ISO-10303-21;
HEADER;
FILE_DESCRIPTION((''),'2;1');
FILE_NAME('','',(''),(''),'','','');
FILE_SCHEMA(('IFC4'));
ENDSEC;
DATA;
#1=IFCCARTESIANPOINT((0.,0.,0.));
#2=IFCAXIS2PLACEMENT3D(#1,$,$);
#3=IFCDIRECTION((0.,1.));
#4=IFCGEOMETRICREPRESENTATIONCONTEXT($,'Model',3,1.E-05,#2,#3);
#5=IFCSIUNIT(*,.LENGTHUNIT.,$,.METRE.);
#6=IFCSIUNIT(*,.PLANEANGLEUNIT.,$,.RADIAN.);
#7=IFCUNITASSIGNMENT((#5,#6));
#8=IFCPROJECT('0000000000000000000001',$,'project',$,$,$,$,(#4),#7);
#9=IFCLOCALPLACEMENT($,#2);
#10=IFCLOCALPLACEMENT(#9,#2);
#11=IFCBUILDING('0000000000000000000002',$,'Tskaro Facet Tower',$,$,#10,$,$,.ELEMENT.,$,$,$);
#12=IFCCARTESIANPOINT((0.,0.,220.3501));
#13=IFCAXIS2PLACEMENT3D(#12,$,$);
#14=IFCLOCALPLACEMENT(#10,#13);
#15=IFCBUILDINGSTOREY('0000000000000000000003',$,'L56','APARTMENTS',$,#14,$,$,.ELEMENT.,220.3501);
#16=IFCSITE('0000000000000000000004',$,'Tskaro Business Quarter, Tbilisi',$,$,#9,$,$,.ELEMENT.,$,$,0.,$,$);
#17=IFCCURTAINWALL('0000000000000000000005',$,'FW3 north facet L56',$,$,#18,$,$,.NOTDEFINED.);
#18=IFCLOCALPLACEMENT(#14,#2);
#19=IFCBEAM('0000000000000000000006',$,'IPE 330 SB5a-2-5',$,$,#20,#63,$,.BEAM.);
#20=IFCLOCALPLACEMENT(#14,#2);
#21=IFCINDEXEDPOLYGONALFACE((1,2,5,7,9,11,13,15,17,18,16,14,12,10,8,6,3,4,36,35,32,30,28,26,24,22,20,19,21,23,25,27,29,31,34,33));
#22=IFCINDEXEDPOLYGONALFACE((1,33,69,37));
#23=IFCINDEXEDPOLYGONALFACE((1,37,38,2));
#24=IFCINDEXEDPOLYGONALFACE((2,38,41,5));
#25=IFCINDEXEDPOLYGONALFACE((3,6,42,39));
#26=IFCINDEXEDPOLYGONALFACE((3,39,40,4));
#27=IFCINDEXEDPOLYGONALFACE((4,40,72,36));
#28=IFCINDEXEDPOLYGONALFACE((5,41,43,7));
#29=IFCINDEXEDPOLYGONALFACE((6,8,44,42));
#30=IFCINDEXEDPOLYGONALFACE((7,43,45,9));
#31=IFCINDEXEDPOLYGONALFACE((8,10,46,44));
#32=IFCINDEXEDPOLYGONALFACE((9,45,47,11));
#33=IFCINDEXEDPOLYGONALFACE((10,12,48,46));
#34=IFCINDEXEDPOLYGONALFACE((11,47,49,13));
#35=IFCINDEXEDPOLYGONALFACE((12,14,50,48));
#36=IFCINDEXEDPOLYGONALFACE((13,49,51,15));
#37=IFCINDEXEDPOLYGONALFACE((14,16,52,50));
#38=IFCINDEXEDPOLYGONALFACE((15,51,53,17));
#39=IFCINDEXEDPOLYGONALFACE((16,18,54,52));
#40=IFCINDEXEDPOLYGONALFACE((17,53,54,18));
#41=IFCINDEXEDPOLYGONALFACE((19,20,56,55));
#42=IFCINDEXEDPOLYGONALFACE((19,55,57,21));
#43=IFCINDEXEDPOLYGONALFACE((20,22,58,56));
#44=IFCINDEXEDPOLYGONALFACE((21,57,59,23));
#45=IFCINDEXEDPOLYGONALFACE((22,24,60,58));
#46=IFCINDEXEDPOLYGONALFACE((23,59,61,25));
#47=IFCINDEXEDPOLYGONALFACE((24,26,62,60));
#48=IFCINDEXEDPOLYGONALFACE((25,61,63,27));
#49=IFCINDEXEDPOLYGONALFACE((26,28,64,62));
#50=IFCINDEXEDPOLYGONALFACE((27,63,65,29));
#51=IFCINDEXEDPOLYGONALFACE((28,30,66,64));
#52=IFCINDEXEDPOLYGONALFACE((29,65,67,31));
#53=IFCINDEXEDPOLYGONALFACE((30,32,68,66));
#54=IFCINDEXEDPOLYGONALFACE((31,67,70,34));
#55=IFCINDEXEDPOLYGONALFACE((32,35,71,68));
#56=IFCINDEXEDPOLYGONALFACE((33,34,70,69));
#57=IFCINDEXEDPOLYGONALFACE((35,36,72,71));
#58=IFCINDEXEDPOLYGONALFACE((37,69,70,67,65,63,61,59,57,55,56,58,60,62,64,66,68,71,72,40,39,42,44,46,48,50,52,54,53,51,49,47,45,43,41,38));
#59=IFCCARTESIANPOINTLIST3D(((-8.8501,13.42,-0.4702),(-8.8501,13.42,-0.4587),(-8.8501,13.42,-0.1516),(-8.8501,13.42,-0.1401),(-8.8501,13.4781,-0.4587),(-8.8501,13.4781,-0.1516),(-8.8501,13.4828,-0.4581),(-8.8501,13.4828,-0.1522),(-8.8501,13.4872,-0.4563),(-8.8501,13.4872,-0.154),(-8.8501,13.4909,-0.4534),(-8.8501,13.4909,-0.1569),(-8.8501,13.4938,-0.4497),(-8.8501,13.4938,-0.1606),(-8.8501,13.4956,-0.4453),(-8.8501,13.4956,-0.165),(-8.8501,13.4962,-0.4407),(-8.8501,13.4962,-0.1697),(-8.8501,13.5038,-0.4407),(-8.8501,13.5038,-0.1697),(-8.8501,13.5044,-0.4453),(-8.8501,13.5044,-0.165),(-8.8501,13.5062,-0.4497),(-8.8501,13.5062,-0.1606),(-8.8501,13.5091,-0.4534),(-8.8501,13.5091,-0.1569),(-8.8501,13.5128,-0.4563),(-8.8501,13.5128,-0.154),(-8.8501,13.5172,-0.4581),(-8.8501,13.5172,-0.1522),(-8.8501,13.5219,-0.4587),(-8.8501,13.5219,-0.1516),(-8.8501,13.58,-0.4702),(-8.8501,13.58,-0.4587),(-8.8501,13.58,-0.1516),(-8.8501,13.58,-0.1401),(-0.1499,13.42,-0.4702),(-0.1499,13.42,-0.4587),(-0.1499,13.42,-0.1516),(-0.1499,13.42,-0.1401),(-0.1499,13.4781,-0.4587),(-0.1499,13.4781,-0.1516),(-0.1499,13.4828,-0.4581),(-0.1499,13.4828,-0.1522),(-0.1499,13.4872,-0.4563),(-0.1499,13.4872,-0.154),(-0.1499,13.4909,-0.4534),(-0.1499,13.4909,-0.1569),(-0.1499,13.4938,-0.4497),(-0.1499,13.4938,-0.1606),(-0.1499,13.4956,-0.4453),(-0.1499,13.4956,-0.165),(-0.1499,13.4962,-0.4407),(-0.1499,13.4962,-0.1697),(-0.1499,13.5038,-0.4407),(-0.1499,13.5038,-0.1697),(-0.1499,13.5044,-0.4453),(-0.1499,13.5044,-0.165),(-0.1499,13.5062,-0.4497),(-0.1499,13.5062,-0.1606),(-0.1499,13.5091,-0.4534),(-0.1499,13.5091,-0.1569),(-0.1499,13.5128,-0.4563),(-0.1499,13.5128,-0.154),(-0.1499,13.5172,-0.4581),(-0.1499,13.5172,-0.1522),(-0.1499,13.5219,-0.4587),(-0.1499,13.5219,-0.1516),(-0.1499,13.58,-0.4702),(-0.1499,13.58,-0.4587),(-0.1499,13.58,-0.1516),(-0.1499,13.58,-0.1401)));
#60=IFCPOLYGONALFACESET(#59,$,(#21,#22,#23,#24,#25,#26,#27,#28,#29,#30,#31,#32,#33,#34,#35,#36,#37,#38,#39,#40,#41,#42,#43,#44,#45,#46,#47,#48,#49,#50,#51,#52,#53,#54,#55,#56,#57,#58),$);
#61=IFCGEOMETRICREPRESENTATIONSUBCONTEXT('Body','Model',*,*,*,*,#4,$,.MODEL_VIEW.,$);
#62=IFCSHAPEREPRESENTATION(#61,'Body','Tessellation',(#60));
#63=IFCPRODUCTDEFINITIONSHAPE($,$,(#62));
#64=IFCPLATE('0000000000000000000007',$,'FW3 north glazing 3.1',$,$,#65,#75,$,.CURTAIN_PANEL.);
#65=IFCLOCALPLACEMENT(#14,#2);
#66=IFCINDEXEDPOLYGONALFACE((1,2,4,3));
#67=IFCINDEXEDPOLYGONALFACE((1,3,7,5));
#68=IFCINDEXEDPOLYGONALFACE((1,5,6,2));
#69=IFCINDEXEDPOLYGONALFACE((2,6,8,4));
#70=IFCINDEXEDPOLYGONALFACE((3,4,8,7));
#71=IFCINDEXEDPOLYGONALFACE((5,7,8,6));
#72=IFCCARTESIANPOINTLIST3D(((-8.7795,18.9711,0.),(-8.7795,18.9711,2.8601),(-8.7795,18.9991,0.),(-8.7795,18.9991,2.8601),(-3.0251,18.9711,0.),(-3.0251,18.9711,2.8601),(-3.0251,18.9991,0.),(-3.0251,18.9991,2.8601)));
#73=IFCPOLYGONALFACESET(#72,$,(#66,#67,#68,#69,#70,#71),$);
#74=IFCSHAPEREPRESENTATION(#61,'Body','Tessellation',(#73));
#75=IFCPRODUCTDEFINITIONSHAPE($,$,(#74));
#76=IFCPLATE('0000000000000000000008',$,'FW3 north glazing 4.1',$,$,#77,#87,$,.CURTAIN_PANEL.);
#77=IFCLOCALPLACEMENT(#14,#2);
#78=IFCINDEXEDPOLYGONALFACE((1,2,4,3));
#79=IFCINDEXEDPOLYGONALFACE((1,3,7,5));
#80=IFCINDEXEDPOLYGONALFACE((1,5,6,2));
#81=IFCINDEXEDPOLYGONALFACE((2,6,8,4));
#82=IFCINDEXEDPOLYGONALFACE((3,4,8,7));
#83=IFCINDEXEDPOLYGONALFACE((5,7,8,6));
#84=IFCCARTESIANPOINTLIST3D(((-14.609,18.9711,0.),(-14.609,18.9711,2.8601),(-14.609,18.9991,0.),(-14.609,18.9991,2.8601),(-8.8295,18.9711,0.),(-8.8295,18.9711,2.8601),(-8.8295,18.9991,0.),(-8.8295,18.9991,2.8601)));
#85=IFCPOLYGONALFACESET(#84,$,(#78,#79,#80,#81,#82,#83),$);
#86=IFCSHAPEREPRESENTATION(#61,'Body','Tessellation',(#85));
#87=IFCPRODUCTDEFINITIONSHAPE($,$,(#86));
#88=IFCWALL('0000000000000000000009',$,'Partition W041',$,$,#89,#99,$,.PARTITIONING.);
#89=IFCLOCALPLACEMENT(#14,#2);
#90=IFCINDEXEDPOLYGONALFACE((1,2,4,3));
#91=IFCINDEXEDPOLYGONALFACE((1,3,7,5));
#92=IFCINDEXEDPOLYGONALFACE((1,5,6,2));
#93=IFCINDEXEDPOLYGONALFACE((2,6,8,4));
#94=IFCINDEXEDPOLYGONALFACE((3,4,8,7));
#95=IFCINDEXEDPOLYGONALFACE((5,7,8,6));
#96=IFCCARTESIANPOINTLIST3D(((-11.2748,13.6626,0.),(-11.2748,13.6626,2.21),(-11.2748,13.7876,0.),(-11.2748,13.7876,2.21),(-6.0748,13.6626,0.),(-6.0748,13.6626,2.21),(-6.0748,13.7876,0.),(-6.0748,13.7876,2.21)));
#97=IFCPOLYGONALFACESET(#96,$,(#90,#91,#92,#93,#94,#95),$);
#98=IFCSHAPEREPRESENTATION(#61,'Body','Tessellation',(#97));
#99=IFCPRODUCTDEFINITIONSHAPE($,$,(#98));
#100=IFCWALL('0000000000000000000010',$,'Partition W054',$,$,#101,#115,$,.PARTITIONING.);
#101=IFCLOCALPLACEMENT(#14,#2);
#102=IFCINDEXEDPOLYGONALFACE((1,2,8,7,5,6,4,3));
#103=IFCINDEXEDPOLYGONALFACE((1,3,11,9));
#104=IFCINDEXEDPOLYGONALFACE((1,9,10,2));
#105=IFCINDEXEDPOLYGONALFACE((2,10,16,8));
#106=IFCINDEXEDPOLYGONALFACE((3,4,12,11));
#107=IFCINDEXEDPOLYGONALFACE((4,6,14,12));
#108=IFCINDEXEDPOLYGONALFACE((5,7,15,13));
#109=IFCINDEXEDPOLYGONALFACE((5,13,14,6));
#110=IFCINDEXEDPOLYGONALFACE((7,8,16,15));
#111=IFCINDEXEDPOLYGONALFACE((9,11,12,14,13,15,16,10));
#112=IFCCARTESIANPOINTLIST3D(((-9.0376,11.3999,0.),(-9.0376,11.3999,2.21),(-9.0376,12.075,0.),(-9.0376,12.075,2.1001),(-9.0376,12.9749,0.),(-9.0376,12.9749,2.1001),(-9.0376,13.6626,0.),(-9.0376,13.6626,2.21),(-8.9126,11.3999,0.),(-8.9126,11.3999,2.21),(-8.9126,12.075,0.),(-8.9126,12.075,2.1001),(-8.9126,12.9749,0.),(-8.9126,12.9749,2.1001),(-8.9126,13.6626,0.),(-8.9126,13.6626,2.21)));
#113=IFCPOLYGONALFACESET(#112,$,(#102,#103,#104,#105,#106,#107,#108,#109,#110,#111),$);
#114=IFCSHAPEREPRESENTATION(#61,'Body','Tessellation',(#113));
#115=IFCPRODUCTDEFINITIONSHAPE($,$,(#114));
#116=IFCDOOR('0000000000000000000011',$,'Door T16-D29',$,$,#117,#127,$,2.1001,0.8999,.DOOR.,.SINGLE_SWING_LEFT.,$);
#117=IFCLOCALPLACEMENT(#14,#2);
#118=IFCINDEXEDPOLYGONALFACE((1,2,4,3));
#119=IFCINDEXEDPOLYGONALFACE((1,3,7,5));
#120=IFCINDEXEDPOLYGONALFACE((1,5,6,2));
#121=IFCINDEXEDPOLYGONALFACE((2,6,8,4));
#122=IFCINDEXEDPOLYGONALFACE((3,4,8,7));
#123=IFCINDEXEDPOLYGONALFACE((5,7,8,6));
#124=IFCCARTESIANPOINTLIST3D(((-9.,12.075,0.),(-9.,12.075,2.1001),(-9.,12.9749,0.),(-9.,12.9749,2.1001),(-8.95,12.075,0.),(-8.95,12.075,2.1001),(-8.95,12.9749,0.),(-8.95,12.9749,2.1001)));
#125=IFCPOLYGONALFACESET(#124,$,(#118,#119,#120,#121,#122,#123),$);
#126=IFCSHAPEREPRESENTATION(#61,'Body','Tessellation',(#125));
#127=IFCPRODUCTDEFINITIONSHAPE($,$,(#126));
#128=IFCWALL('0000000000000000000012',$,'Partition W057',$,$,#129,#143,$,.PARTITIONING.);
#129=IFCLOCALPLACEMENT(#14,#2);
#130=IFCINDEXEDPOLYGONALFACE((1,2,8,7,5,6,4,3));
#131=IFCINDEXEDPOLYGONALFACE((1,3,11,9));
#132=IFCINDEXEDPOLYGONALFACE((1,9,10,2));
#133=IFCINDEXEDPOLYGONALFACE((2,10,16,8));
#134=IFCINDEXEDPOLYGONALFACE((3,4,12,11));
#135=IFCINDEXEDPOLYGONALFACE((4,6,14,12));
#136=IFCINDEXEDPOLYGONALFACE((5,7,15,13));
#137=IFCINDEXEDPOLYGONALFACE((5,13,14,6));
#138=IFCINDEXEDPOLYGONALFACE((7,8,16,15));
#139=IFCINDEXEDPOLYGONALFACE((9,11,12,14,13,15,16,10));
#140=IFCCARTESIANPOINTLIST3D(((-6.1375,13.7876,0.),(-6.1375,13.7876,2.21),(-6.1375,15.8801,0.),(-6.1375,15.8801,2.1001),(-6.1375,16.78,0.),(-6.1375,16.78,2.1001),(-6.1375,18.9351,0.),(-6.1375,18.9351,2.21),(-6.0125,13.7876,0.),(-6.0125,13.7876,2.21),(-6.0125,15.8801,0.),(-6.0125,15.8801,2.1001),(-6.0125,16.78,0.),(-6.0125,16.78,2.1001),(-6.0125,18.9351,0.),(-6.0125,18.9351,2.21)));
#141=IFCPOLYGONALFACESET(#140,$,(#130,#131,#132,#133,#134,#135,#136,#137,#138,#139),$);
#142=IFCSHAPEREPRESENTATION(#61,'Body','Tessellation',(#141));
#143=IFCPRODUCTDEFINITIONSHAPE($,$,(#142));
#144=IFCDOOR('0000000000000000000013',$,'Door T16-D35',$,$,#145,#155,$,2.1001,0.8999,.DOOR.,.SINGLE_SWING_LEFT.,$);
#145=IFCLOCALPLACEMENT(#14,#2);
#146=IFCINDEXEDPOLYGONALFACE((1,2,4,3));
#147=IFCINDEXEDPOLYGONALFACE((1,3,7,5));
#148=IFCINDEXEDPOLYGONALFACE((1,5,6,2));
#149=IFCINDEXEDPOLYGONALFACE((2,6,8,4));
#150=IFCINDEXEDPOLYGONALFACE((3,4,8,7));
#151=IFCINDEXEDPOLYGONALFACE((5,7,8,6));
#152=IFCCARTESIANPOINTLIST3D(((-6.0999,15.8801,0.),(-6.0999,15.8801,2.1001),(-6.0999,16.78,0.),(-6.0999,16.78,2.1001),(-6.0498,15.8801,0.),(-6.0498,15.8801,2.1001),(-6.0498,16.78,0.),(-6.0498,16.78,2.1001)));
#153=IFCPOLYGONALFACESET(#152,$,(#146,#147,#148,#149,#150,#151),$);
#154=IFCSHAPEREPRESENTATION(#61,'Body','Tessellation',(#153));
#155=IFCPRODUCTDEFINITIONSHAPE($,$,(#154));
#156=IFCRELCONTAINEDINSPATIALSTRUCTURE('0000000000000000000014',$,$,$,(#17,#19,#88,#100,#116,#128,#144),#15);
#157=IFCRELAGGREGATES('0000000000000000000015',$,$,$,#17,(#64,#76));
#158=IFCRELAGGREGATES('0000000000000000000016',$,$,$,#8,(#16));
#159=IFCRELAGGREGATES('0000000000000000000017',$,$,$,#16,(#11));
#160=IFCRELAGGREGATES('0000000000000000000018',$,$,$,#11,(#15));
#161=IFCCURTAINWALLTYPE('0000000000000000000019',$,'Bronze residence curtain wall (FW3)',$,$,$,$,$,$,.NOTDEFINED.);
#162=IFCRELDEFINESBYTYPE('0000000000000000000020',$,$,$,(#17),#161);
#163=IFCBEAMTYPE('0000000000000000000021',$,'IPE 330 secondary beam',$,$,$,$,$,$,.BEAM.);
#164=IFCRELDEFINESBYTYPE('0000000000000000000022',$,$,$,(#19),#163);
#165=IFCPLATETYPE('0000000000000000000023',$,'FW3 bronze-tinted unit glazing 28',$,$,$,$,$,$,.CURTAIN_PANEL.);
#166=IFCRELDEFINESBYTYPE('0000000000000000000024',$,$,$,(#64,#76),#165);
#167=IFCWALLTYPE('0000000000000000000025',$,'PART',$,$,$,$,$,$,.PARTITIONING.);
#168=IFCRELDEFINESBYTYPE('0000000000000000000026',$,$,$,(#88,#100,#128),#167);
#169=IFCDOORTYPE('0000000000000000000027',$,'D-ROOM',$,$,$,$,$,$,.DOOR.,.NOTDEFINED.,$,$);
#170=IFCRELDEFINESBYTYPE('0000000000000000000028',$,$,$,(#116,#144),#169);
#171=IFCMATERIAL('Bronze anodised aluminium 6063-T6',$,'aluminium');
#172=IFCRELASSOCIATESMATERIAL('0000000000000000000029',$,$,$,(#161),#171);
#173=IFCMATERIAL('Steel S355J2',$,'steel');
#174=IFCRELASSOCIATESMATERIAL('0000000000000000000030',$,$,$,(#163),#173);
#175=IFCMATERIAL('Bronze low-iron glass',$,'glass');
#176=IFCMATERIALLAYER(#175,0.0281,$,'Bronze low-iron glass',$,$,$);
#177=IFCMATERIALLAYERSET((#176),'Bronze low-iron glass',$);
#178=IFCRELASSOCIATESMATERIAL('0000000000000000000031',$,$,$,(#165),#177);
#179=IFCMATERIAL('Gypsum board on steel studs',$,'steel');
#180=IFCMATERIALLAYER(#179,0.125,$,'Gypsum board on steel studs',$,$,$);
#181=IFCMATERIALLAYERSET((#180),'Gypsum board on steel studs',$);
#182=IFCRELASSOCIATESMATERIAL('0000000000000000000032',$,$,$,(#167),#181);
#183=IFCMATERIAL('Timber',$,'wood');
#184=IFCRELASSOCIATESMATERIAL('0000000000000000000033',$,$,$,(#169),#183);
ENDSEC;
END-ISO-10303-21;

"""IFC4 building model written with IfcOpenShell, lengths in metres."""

from ifc_helpers import new_model, si_unit, direction, frame, frame_2d, origin, origin_2d, place, context, subcontext, project, spatial, rectangle, i_section, extrude, material, layer, layer_set, material_profile, profile_set, type_object, element, fill, aggregate, save


model = new_model("IFC4")

# Units and contexts
model_context = context("Model", 3, precision=1e-05, world=origin(), true_north=direction((0.0, 1.0)))
body_context = subcontext(model_context, "Body", "Model", "MODEL_VIEW")
ifc_project = project(units=[si_unit("LENGTHUNIT", "METRE"), si_unit("PLANEANGLEUNIT", "RADIAN")], contexts=[model_context])

# Site, building, storey
site_placement = place(None, origin())
site = spatial("IfcSite", under=ifc_project, at=site_placement, Name="Tskaro Business Quarter, Tbilisi", CompositionType="ELEMENT", RefElevation=0.0)
building_placement = place(site_placement, origin())
building = spatial("IfcBuilding", under=site, at=building_placement, Name="Tskaro Facet Tower", CompositionType="ELEMENT")
storey_placement = place(building_placement, frame((0.0, 0.0, 220.3501)))
storey = spatial("IfcBuildingStorey", under=building, at=storey_placement, Name="L56", Description="APARTMENTS", CompositionType="ELEMENT", Elevation=220.3501)

# Curtain wall
ifc_material_1 = material(Name="Bronze anodised aluminium 6063-T6", Category="aluminium")
curtain_wall_type = type_object("IfcCurtainWallType", Name="Bronze residence curtain wall (FW3)", PredefinedType="NOTDEFINED", material=ifc_material_1)
curtain_wall_placement = place(storey_placement, origin())
curtain_wall = element("IfcCurtainWall", 1, at=curtain_wall_placement, inside=storey, type_object=curtain_wall_type, Name="FW3 north facet L56", PredefinedType="NOTDEFINED")

# Beam
ifc_material_2 = material(Name="Steel S355J2", Category="steel")
ifc_material_profile_1 = material_profile(ifc_material_2, i_section(OverallWidth=0.1599, OverallDepth=0.3301, WebThickness=0.0076, FlangeThickness=0.0115, FilletRadius=0.0181, at=origin_2d()), Name="IPE 330")
ifc_profile_set_1 = profile_set([ifc_material_profile_1], Name="Steel S355J2")
beam_type_1 = type_object("IfcBeamType", Name="IPE 330 secondary beam", PredefinedType="BEAM", material=ifc_profile_set_1)
beam_1_placement = place(storey_placement, frame((-8.8501, 13.5, -0.3052), z_axis=(1.0, 0.0, 0.0), x_axis=(0.0, 1.0, 0.0)))
element("IfcBeam", 2, at=beam_1_placement, inside=storey, type_object=beam_type_1, Name="IPE 330 SB5a-2-5", PredefinedType="BEAM", context=body_context, shape_type="SweptSolid", body=[
    extrude(i_section(OverallWidth=0.1599, OverallDepth=0.3301, WebThickness=0.0076, FlangeThickness=0.0115, FilletRadius=0.0181, at=origin_2d()), origin(), (0.0, 0.0, 1.0), 8.7002),
])

# Plates
ifc_material_3 = material(Name="Bronze low-iron glass", Category="glass")
ifc_layer_1 = layer(ifc_material_3, 0.0281, Name="Bronze low-iron glass")
ifc_layer_set_1 = layer_set([ifc_layer_1], Name="Bronze low-iron glass")
plate_type = type_object("IfcPlateType", Name="FW3 bronze-tinted unit glazing 28", PredefinedType="CURTAIN_PANEL", material=ifc_layer_set_1)
plate_1_placement = place(storey_placement, frame((-5.9023, 18.9851, 0.0), z_axis=(0.0, 0.0, 1.0), x_axis=(-1.0, 0.0, 0.0)))
plate_1 = element("IfcPlate", 3, at=plate_1_placement, type_object=plate_type, Name="FW3 north glazing 3.1", PredefinedType="CURTAIN_PANEL", context=body_context, shape_type="SweptSolid", body=[
    extrude(rectangle(XDim=5.7544, YDim=0.0281, at=origin_2d()), origin(), (0.0, 0.0, 1.0), 2.8601),
])
plate_2_placement = place(storey_placement, frame((-11.7192, 18.9851, 0.0), z_axis=(0.0, 0.0, 1.0), x_axis=(-1.0, 0.0, 0.0)))
plate_2 = element("IfcPlate", 4, at=plate_2_placement, type_object=plate_type, Name="FW3 north glazing 4.1", PredefinedType="CURTAIN_PANEL", context=body_context, shape_type="SweptSolid", body=[
    extrude(rectangle(XDim=5.7795, YDim=0.0281, at=origin_2d()), origin(), (0.0, 0.0, 1.0), 2.8601),
])
aggregate(curtain_wall, [plate_1, plate_2])

# Wall
ifc_material_4 = material(Name="Gypsum board on steel studs", Category="steel")
ifc_layer_2 = layer(ifc_material_4, 0.125, Name="Gypsum board on steel studs")
ifc_layer_set_2 = layer_set([ifc_layer_2], Name="Gypsum board on steel studs")
wall_type_1 = type_object("IfcWallType", Name="PART", PredefinedType="PARTITIONING", material=ifc_layer_set_2)
wall_1_placement = place(storey_placement, frame((-11.2749, 13.7251, 0.0), z_axis=(0.0, 0.0, 1.0), x_axis=(1.0, 0.0, 0.0)))
element("IfcWall", 5, at=wall_1_placement, inside=storey, type_object=wall_type_1, Name="Partition W041", PredefinedType="PARTITIONING", context=body_context, shape_type="SweptSolid", body=[
    extrude(rectangle(XDim=5.2, YDim=0.125, at=frame_2d((2.6001, 0.0))), origin(), (0.0, 0.0, 1.0), 2.21),
])

# Walls, openings, doors
wall_2_placement = place(storey_placement, frame((-8.9751, 11.3999, 0.0), z_axis=(0.0, 0.0, 1.0), x_axis=(0.0, 1.0, 0.0)))
wall_2 = element("IfcWall", 6, at=wall_2_placement, inside=storey, type_object=wall_type_1, Name="Partition W054", PredefinedType="PARTITIONING", context=body_context, shape_type="SweptSolid", body=[
    extrude(rectangle(XDim=2.2627, YDim=0.125, at=frame_2d((1.1313, 0.0))), origin(), (0.0, 0.0, 1.0), 2.21),
])
opening_1_placement = place(wall_2_placement, frame((0.675, 0.0, 0.0)))
opening_1 = element("IfcOpeningElement", 7, at=opening_1_placement, cuts=wall_2, PredefinedType="OPENING", context=body_context, shape_type="SweptSolid", body=[
    extrude(rectangle(XDim=0.8999, YDim=2.1001, at=frame_2d((0.45, 1.05))), frame((0.0, 0.0725, 0.0), z_axis=(0.0, -1.0, 0.0), x_axis=(1.0, 0.0, 0.0)), (0.0, 0.0, 1.0), 0.145),
])
ifc_material_5 = material(Name="Timber", Category="wood")
door_type_1 = type_object("IfcDoorType", Name="D-ROOM", OperationType="NOTDEFINED", PredefinedType="DOOR", material=ifc_material_5)
door_1_placement = place(opening_1_placement, origin())
door_1 = element("IfcDoor", 8, at=door_1_placement, inside=storey, type_object=door_type_1, Name="Door T16-D29", OperationType="SINGLE_SWING_LEFT", OverallHeight=2.1001, OverallWidth=0.8999, PredefinedType="DOOR", context=body_context, shape_type="SweptSolid", body=[
    extrude(rectangle(XDim=0.8999, YDim=2.1001, at=frame_2d((0.45, 1.05))), frame((0.0, 0.0249, 0.0), z_axis=(0.0, -1.0, 0.0), x_axis=(1.0, 0.0, 0.0)), (0.0, 0.0, 1.0), 0.05),
])
fill(opening_1, door_1)
wall_3_placement = place(storey_placement, frame((-6.075, 13.7876, 0.0), z_axis=(0.0, 0.0, 1.0), x_axis=(0.0, 1.0, 0.0)))
wall_3 = element("IfcWall", 9, at=wall_3_placement, inside=storey, type_object=wall_type_1, Name="Partition W057", PredefinedType="PARTITIONING", context=body_context, shape_type="SweptSolid", body=[
    extrude(rectangle(XDim=5.1475, YDim=0.125, at=frame_2d((2.5737, 0.0))), origin(), (0.0, 0.0, 1.0), 2.21),
])
opening_2_placement = place(wall_3_placement, frame((2.0925, 0.0, 0.0)))
opening_2 = element("IfcOpeningElement", 10, at=opening_2_placement, cuts=wall_3, PredefinedType="OPENING", context=body_context, shape_type="SweptSolid", body=[
    extrude(rectangle(XDim=0.8999, YDim=2.1001, at=frame_2d((0.45, 1.05))), frame((0.0, 0.0725, 0.0), z_axis=(0.0, -1.0, 0.0), x_axis=(1.0, 0.0, 0.0)), (0.0, 0.0, 1.0), 0.145),
])
door_2_placement = place(opening_2_placement, origin())
door_2 = element("IfcDoor", 11, at=door_2_placement, inside=storey, type_object=door_type_1, Name="Door T16-D35", OperationType="SINGLE_SWING_LEFT", OverallHeight=2.1001, OverallWidth=0.8999, PredefinedType="DOOR", context=body_context, shape_type="SweptSolid", body=[
    extrude(rectangle(XDim=0.8999, YDim=2.1001, at=frame_2d((0.45, 1.05))), frame((0.0, 0.0249, 0.0), z_axis=(0.0, -1.0, 0.0), x_axis=(1.0, 0.0, 0.0)), (0.0, 0.0, 1.0), 0.05),
])
fill(opening_2, door_2)

save(model, "model.ifc")
